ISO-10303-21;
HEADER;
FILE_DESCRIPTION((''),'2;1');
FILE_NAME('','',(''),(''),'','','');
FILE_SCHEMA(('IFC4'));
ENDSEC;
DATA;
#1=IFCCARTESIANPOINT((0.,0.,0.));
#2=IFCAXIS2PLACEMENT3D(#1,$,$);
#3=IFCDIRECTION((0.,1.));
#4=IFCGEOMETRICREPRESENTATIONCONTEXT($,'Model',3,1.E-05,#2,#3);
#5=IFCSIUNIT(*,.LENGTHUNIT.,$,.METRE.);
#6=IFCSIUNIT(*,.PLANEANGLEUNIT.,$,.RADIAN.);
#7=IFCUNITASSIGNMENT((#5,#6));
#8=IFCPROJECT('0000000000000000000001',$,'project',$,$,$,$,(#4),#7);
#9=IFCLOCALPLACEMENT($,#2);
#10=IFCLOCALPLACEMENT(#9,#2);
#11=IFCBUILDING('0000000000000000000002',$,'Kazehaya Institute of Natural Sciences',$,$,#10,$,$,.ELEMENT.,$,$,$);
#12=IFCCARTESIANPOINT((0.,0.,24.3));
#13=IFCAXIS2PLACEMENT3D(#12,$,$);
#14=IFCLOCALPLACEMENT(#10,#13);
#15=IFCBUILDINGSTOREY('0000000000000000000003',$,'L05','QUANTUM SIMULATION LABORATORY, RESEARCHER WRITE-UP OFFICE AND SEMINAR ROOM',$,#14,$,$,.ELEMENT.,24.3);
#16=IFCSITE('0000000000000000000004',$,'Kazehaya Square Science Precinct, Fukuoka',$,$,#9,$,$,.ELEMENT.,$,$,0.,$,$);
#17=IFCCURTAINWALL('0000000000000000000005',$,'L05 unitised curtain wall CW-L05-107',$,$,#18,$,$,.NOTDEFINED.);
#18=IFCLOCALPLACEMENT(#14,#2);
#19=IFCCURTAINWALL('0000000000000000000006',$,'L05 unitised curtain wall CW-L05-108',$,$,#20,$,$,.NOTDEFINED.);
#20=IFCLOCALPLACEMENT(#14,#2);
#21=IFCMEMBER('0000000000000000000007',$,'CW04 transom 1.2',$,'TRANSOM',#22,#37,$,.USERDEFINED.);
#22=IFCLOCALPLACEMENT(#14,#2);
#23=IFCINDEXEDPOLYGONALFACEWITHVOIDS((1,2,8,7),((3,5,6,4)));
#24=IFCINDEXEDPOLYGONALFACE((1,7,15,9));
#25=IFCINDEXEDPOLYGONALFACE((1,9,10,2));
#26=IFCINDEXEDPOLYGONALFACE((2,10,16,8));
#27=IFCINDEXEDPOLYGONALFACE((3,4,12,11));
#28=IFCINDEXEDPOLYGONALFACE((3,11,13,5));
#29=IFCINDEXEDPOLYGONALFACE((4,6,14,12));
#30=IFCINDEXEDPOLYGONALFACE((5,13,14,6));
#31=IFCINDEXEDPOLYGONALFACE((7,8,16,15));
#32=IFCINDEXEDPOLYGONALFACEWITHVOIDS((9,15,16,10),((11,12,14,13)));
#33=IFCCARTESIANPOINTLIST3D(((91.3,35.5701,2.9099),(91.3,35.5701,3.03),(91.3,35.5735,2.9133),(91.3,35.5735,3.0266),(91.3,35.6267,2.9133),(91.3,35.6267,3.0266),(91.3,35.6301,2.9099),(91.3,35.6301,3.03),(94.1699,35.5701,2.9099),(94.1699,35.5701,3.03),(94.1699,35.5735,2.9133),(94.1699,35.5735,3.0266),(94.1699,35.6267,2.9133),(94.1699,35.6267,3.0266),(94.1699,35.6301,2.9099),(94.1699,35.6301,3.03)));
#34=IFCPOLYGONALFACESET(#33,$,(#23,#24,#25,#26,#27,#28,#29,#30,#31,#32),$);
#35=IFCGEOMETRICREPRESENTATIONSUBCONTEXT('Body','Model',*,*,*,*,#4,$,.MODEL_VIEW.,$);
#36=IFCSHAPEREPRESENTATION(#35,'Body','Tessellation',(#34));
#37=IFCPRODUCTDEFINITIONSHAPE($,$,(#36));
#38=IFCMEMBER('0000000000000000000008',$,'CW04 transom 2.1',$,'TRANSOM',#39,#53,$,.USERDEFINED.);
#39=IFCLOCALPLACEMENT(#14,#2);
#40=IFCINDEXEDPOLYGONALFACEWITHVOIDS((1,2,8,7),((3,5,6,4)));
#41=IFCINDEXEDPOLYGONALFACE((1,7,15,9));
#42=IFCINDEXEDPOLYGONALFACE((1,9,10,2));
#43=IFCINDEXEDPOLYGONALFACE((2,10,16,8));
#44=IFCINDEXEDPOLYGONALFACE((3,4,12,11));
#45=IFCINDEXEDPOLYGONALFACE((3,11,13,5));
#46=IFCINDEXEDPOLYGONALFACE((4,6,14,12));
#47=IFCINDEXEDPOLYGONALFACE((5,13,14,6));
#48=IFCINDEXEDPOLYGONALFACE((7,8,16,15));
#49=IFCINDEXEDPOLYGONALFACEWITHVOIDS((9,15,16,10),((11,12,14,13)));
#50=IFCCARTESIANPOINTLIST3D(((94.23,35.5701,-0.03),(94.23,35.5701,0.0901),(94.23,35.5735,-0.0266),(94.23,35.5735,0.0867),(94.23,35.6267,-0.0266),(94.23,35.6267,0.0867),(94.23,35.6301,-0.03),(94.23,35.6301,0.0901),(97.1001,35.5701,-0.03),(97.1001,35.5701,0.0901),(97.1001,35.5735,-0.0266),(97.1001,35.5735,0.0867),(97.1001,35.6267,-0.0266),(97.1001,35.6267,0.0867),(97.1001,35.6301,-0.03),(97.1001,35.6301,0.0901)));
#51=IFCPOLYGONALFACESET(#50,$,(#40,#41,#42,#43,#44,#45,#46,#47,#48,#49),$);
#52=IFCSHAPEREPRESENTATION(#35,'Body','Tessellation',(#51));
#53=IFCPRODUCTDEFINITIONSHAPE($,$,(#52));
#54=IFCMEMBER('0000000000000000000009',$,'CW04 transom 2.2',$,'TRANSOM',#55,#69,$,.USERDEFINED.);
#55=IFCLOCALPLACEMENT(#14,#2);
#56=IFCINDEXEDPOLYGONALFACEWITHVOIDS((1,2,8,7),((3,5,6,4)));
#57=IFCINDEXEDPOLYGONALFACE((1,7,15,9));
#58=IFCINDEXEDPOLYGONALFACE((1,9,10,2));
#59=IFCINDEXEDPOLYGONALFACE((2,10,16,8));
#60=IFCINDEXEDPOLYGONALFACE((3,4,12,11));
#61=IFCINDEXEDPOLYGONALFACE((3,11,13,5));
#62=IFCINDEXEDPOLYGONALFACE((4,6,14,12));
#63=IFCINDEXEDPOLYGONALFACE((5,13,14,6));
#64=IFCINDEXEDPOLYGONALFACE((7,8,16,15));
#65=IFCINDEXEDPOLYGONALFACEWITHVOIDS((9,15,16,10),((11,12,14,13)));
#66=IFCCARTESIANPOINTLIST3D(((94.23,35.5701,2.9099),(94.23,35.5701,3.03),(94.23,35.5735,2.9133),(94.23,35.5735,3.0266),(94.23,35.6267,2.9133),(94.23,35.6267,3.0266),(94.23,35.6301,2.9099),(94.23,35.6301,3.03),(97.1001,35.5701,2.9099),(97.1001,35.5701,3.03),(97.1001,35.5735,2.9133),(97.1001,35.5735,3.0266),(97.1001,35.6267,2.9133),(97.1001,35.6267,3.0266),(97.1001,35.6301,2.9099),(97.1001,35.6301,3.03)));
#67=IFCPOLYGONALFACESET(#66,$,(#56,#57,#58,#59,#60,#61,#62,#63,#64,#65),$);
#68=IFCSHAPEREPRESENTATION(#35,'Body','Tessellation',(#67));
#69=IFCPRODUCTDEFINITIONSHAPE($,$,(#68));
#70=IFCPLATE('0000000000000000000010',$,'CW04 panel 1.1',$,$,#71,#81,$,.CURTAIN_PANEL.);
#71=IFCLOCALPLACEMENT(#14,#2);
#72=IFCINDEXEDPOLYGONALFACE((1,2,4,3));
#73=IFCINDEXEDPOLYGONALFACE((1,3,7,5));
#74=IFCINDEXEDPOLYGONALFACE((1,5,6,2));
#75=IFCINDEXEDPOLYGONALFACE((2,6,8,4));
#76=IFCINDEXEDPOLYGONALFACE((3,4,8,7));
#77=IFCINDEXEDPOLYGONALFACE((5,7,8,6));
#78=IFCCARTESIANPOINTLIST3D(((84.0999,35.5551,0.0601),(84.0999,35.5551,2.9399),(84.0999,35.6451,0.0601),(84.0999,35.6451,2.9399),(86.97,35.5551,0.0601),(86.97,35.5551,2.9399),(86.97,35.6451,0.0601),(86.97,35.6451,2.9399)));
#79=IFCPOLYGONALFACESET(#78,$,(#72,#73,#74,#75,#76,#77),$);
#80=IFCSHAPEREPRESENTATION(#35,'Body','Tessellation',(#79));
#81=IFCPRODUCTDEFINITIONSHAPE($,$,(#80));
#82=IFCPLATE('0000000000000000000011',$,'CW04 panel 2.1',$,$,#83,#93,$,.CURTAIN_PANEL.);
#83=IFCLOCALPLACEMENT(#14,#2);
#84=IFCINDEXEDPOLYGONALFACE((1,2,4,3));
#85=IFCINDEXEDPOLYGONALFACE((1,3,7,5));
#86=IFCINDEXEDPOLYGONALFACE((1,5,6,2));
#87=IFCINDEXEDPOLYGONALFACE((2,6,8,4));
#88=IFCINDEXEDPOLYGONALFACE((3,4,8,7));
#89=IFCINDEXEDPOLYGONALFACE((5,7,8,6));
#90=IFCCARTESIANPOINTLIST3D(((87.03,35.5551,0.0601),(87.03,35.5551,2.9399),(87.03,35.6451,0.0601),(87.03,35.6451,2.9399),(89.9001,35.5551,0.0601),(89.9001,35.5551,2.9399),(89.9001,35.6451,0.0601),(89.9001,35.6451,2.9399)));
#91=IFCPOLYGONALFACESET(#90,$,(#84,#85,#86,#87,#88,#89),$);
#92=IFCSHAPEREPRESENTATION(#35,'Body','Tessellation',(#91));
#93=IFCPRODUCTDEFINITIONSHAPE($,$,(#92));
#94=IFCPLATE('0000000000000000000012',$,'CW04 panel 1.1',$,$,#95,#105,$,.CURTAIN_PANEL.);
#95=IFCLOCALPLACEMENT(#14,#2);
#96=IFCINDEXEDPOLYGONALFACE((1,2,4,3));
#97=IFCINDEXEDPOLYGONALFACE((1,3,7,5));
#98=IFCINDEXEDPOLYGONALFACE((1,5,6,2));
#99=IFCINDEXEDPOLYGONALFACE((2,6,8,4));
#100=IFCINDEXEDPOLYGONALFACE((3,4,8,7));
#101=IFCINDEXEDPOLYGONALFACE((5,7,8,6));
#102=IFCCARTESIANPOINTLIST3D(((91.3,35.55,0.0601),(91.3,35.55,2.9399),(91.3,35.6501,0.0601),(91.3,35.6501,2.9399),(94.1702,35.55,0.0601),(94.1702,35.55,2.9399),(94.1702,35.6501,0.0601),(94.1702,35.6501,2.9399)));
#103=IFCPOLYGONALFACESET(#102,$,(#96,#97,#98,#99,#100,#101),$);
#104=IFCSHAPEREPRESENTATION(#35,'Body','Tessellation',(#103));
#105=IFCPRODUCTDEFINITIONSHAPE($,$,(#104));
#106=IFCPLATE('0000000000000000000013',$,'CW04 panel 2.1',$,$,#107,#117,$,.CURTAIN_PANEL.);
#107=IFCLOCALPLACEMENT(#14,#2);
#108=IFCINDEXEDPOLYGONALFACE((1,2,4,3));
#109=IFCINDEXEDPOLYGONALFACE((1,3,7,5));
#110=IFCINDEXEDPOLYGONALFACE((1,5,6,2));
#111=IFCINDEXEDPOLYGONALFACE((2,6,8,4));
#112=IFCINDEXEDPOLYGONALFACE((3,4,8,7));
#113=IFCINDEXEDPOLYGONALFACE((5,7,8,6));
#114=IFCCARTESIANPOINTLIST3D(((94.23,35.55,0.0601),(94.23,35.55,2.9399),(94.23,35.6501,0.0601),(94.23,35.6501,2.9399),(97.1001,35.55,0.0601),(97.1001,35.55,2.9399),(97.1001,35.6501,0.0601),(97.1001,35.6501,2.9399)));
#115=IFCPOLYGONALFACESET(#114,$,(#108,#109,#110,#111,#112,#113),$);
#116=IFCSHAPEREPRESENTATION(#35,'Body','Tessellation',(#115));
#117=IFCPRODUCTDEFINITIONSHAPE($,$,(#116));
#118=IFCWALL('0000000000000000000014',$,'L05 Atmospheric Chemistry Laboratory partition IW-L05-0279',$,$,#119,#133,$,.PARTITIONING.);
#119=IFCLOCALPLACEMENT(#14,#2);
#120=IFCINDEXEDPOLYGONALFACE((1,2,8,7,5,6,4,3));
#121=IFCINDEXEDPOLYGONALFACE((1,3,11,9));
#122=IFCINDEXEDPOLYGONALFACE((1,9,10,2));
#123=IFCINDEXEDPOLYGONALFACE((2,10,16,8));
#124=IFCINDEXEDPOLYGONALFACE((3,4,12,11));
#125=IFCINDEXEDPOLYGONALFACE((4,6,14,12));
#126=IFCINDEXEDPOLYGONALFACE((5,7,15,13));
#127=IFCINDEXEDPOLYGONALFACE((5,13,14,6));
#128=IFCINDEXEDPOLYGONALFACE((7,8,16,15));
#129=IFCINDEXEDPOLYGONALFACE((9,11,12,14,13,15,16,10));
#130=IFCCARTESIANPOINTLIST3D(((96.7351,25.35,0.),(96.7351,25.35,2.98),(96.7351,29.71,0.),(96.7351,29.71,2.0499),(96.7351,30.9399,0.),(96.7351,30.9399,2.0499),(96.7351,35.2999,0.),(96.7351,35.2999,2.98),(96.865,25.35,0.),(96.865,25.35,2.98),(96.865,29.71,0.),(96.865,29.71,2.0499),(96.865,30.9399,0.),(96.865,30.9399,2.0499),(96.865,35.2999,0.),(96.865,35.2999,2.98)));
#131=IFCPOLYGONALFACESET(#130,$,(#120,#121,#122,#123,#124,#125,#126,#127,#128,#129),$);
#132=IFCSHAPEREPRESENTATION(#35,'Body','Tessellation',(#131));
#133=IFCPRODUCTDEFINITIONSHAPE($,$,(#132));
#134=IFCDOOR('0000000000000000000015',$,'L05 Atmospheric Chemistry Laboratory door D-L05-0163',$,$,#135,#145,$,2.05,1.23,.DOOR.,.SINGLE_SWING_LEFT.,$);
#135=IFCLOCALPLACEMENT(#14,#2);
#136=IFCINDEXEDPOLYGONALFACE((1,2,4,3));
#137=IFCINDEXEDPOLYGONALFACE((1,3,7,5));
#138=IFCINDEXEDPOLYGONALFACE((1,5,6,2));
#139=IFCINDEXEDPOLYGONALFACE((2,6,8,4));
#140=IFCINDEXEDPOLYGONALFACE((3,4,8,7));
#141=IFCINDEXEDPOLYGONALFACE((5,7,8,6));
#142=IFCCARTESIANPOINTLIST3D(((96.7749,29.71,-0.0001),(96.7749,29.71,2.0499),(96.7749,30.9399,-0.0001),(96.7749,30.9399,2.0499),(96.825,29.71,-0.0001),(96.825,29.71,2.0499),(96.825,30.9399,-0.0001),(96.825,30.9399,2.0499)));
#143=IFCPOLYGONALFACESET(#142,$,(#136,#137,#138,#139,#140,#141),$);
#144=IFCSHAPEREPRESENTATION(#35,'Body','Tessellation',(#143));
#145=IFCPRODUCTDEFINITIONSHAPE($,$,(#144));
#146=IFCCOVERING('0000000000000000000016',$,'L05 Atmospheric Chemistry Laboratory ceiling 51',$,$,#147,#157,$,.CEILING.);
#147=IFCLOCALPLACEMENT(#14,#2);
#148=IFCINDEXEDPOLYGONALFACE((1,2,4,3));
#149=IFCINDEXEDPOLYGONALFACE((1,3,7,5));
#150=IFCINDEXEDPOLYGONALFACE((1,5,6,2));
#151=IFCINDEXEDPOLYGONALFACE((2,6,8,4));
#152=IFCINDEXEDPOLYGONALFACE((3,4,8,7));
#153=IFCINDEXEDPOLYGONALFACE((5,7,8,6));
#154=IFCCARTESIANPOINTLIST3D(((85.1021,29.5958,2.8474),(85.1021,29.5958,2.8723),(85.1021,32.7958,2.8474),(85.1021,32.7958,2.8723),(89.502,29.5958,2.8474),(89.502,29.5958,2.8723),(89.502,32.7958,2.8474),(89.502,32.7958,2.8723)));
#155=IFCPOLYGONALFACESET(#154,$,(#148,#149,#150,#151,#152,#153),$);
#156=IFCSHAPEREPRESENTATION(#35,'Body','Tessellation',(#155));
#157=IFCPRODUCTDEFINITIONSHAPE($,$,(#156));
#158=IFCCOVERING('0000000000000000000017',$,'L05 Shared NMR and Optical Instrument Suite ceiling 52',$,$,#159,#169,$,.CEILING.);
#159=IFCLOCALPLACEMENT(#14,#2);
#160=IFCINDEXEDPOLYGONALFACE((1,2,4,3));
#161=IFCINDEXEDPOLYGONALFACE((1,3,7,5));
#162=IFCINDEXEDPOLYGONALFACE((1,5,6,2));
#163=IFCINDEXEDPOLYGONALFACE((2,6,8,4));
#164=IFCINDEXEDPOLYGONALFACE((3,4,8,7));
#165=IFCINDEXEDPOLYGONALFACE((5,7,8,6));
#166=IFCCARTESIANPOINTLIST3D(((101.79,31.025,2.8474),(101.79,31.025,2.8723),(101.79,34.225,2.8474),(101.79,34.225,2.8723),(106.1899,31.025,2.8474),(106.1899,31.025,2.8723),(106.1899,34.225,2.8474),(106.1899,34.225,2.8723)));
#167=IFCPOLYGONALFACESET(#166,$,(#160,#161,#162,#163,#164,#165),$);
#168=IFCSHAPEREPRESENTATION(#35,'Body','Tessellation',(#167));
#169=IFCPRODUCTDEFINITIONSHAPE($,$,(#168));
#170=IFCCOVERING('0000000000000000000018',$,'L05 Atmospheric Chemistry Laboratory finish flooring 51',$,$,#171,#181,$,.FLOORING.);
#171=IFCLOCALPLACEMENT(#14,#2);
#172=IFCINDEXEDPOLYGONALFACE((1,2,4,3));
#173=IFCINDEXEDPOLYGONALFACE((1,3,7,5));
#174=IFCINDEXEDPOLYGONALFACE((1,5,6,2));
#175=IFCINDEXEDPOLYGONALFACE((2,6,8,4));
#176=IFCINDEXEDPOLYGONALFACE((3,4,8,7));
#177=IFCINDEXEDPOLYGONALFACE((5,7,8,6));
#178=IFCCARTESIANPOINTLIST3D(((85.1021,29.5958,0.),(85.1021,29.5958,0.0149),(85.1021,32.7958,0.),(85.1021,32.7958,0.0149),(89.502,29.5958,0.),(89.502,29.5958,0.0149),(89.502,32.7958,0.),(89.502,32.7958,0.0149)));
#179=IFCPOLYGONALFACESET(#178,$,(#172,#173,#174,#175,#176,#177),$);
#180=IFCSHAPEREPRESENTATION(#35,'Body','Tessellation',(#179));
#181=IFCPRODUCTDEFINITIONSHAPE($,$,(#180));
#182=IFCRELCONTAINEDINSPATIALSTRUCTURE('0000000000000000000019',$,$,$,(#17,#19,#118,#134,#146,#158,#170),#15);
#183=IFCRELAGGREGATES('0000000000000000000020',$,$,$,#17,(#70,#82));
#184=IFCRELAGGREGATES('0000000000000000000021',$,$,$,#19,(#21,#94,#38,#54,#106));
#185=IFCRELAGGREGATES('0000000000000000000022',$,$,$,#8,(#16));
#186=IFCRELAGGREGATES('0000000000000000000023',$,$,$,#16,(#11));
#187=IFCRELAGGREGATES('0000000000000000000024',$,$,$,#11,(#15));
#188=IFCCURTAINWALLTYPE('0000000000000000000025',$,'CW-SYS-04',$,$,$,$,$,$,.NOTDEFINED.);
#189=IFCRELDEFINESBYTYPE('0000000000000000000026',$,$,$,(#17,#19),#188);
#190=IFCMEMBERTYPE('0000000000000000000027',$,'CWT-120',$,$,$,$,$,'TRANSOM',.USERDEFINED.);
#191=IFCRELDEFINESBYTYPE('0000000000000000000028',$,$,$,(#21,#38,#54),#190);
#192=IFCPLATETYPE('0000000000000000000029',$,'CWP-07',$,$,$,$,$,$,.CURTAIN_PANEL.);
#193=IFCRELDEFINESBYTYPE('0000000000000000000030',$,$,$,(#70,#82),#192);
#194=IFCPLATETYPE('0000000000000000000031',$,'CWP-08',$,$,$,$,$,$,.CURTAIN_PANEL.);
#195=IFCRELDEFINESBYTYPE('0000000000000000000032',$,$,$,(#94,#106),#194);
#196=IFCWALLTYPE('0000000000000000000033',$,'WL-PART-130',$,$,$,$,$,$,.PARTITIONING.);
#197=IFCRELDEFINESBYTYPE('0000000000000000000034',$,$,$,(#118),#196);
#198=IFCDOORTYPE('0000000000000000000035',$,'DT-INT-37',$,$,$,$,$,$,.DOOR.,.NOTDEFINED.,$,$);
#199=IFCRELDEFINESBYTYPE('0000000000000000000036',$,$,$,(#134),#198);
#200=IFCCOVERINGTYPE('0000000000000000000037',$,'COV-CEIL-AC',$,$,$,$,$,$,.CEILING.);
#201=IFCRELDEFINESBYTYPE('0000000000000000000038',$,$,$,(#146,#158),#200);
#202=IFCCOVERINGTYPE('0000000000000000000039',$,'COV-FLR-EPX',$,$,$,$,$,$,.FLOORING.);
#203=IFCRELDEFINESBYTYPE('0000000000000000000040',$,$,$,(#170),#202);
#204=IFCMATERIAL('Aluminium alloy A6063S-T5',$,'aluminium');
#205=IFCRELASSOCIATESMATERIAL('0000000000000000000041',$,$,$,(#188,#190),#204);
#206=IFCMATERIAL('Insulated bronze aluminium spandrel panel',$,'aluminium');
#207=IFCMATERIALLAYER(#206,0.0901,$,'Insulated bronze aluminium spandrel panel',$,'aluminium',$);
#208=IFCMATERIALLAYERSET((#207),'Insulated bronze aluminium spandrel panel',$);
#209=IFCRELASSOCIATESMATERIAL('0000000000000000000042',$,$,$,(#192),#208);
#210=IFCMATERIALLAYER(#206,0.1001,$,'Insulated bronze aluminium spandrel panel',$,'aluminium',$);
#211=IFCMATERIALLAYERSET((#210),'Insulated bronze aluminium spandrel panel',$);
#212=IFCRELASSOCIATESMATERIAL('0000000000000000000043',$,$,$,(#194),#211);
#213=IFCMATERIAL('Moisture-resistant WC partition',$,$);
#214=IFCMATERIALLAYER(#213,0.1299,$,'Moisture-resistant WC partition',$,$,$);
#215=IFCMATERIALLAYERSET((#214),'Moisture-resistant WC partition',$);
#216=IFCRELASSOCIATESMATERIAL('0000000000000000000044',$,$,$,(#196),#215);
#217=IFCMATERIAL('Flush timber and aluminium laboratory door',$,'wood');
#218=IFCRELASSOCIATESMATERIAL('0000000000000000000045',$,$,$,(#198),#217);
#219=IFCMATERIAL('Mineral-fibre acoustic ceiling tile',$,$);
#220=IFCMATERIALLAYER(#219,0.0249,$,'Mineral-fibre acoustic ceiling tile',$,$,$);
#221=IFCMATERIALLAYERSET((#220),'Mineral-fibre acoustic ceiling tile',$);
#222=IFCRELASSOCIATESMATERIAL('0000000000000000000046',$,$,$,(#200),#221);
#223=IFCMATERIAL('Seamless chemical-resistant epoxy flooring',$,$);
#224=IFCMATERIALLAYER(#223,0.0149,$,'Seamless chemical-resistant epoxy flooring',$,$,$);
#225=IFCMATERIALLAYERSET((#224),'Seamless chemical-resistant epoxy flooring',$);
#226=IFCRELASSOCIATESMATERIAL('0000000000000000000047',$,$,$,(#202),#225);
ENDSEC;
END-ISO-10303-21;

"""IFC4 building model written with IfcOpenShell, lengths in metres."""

from ifc_helpers import new_model, si_unit, direction, frame, frame_2d, origin, origin_2d, place, context, subcontext, project, spatial, rectangle, hollow_rectangle, extrude, material, layer, layer_set, material_profile, profile_set, type_object, element, fill, aggregate, save


model = new_model("IFC4")

# Units and contexts
model_context = context("Model", 3, precision=1e-05, world=origin(), true_north=direction((0.0, 1.0)))
body_context = subcontext(model_context, "Body", "Model", "MODEL_VIEW")
ifc_project = project(units=[si_unit("LENGTHUNIT", "METRE"), si_unit("PLANEANGLEUNIT", "RADIAN")], contexts=[model_context])

# Site, building, storey
site_placement = place(None, origin())
site = spatial("IfcSite", under=ifc_project, at=site_placement, Name="Kazehaya Square Science Precinct, Fukuoka", CompositionType="ELEMENT", RefElevation=0.0)
building_placement = place(site_placement, origin())
building = spatial("IfcBuilding", under=site, at=building_placement, Name="Kazehaya Institute of Natural Sciences", CompositionType="ELEMENT")
storey_placement = place(building_placement, frame((0.0, 0.0, 24.3)))
storey = spatial("IfcBuildingStorey", under=building, at=storey_placement, Name="L05", Description="QUANTUM SIMULATION LABORATORY, RESEARCHER WRITE-UP OFFICE AND SEMINAR ROOM", CompositionType="ELEMENT", Elevation=24.3)

# Curtain walls
ifc_material_1 = material(Name="Aluminium alloy A6063S-T5", Category="aluminium")
curtain_wall_type = type_object("IfcCurtainWallType", Name="CW-SYS-04", PredefinedType="NOTDEFINED", material=ifc_material_1)
curtain_wall_1_placement = place(storey_placement, origin())
curtain_wall_1 = element("IfcCurtainWall", 1, at=curtain_wall_1_placement, inside=storey, type_object=curtain_wall_type, Name="L05 unitised curtain wall CW-L05-107", PredefinedType="NOTDEFINED")
curtain_wall_2_placement = place(storey_placement, origin())
curtain_wall_2 = element("IfcCurtainWall", 2, at=curtain_wall_2_placement, inside=storey, type_object=curtain_wall_type, Name="L05 unitised curtain wall CW-L05-108", PredefinedType="NOTDEFINED")

# Members
ifc_material_profile_1 = material_profile(ifc_material_1, hollow_rectangle(XDim=0.0601, YDim=0.1201, WallThickness=0.0034, at=origin_2d()), Name="ALU-60x120x3.5")
ifc_profile_set_1 = profile_set([ifc_material_profile_1], Name="Aluminium alloy A6063S-T5")
member_type_1 = type_object("IfcMemberType", Name="CWT-120", ElementType="TRANSOM", PredefinedType="USERDEFINED", material=ifc_profile_set_1)
member_1_placement = place(storey_placement, frame((91.3, 35.6001, 2.97), z_axis=(1.0, 0.0, 0.0), x_axis=(0.0, 1.0, 0.0)))
member_1 = element("IfcMember", 3, at=member_1_placement, type_object=member_type_1, Name="CW04 transom 1.2", ObjectType="TRANSOM", PredefinedType="USERDEFINED", context=body_context, shape_type="SweptSolid", body=[
    extrude(hollow_rectangle(XDim=0.0601, YDim=0.1201, WallThickness=0.0034, at=origin_2d()), origin(), (0.0, 0.0, 1.0), 2.8699),
])
member_2_placement = place(storey_placement, frame((94.23, 35.6001, 0.03), z_axis=(1.0, 0.0, 0.0), x_axis=(0.0, 1.0, 0.0)))
member_2 = element("IfcMember", 4, at=member_2_placement, type_object=member_type_1, Name="CW04 transom 2.1", ObjectType="TRANSOM", PredefinedType="USERDEFINED", context=body_context, shape_type="SweptSolid", body=[
    extrude(hollow_rectangle(XDim=0.0601, YDim=0.1201, WallThickness=0.0034, at=origin_2d()), origin(), (0.0, 0.0, 1.0), 2.8701),
])
member_3_placement = place(storey_placement, frame((94.23, 35.6001, 2.97), z_axis=(1.0, 0.0, 0.0), x_axis=(0.0, 1.0, 0.0)))
member_3 = element("IfcMember", 5, at=member_3_placement, type_object=member_type_1, Name="CW04 transom 2.2", ObjectType="TRANSOM", PredefinedType="USERDEFINED", context=body_context, shape_type="SweptSolid", body=[
    extrude(hollow_rectangle(XDim=0.0601, YDim=0.1201, WallThickness=0.0034, at=origin_2d()), origin(), (0.0, 0.0, 1.0), 2.8701),
])

# Plates
ifc_material_2 = material(Name="Insulated bronze aluminium spandrel panel", Category="aluminium")
ifc_layer_1 = layer(ifc_material_2, 0.0901, Name="Insulated bronze aluminium spandrel panel", Category="aluminium")
ifc_layer_set_1 = layer_set([ifc_layer_1], Name="Insulated bronze aluminium spandrel panel")
plate_type_1 = type_object("IfcPlateType", Name="CWP-07", PredefinedType="CURTAIN_PANEL", material=ifc_layer_set_1)
plate_1_placement = place(storey_placement, frame((85.5349, 35.6001, 0.0601), z_axis=(0.0, 0.0, 1.0), x_axis=(1.0, 0.0, 0.0)))
plate_1 = element("IfcPlate", 6, at=plate_1_placement, type_object=plate_type_1, Name="CW04 panel 1.1", PredefinedType="CURTAIN_PANEL", context=body_context, shape_type="SweptSolid", body=[
    extrude(rectangle(XDim=2.8701, YDim=0.0901, at=origin_2d()), origin(), (0.0, 0.0, 1.0), 2.8799),
])
plate_2_placement = place(storey_placement, frame((88.4651, 35.6001, 0.0601), z_axis=(0.0, 0.0, 1.0), x_axis=(1.0, 0.0, 0.0)))
plate_2 = element("IfcPlate", 7, at=plate_2_placement, type_object=plate_type_1, Name="CW04 panel 2.1", PredefinedType="CURTAIN_PANEL", context=body_context, shape_type="SweptSolid", body=[
    extrude(rectangle(XDim=2.8701, YDim=0.0901, at=origin_2d()), origin(), (0.0, 0.0, 1.0), 2.8799),
])
aggregate(curtain_wall_1, [plate_1, plate_2])
ifc_layer_2 = layer(ifc_material_2, 0.1001, Name="Insulated bronze aluminium spandrel panel", Category="aluminium")
ifc_layer_set_2 = layer_set([ifc_layer_2], Name="Insulated bronze aluminium spandrel panel")
plate_type_2 = type_object("IfcPlateType", Name="CWP-08", PredefinedType="CURTAIN_PANEL", material=ifc_layer_set_2)
plate_3_placement = place(storey_placement, frame((92.7351, 35.6001, 0.0601), z_axis=(0.0, 0.0, 1.0), x_axis=(1.0, 0.0, 0.0)))
plate_3 = element("IfcPlate", 8, at=plate_3_placement, type_object=plate_type_2, Name="CW04 panel 1.1", PredefinedType="CURTAIN_PANEL", context=body_context, shape_type="SweptSolid", body=[
    extrude(rectangle(XDim=2.8701, YDim=0.1001, at=origin_2d()), origin(), (0.0, 0.0, 1.0), 2.8799),
])
plate_4_placement = place(storey_placement, frame((95.665, 35.6001, 0.0601), z_axis=(0.0, 0.0, 1.0), x_axis=(1.0, 0.0, 0.0)))
plate_4 = element("IfcPlate", 9, at=plate_4_placement, type_object=plate_type_2, Name="CW04 panel 2.1", PredefinedType="CURTAIN_PANEL", context=body_context, shape_type="SweptSolid", body=[
    extrude(rectangle(XDim=2.8701, YDim=0.1001, at=origin_2d()), origin(), (0.0, 0.0, 1.0), 2.8799),
])
aggregate(curtain_wall_2, [member_1, plate_3, member_2, member_3, plate_4])

# Wall, opening, door
ifc_material_3 = material(Name="Moisture-resistant WC partition")
ifc_layer_3 = layer(ifc_material_3, 0.1299, Name="Moisture-resistant WC partition")
ifc_layer_set_3 = layer_set([ifc_layer_3], Name="Moisture-resistant WC partition")
wall_type = type_object("IfcWallType", Name="WL-PART-130", PredefinedType="PARTITIONING", material=ifc_layer_set_3)
wall_placement = place(storey_placement, frame((96.8, 35.3, 0.0), z_axis=(0.0, 0.0, 1.0), x_axis=(0.0, -1.0, 0.0)))
wall = element("IfcWall", 10, at=wall_placement, inside=storey, type_object=wall_type, Name="L05 Atmospheric Chemistry Laboratory partition IW-L05-0279", PredefinedType="PARTITIONING", context=body_context, shape_type="SweptSolid", body=[
    extrude(rectangle(XDim=9.95, YDim=0.1299, at=frame_2d((4.9751, 0.0))), origin(), (0.0, 0.0, 1.0), 2.98),
])
opening_placement = place(wall_placement, frame((4.3601, 0.0, 0.0)))
opening = element("IfcOpeningElement", 11, at=opening_placement, cuts=wall, PredefinedType="OPENING", context=body_context, shape_type="SweptSolid", body=[
    extrude(rectangle(XDim=1.23, YDim=2.05, at=frame_2d((0.615, 1.0249))), frame((0.0, 0.075, 0.0), z_axis=(0.0, -1.0, 0.0), x_axis=(1.0, 0.0, 0.0)), (0.0, 0.0, 1.0), 0.1499),
])
ifc_material_4 = material(Name="Flush timber and aluminium laboratory door", Category="wood")
door_type = type_object("IfcDoorType", Name="DT-INT-37", OperationType="NOTDEFINED", PredefinedType="DOOR", material=ifc_material_4)
door_placement = place(opening_placement, origin())
door = element("IfcDoor", 12, at=door_placement, inside=storey, type_object=door_type, Name="L05 Atmospheric Chemistry Laboratory door D-L05-0163", OperationType="SINGLE_SWING_LEFT", OverallHeight=2.05, OverallWidth=1.23, PredefinedType="DOOR", context=body_context, shape_type="SweptSolid", body=[
    extrude(rectangle(XDim=1.23, YDim=2.05, at=frame_2d((0.615, 1.0249))), frame((0.0, 0.0249, 0.0), z_axis=(0.0, -1.0, 0.0), x_axis=(1.0, 0.0, 0.0)), (0.0, 0.0, 1.0), 0.05),
])
fill(opening, door)

# Coverings
ifc_material_5 = material(Name="Mineral-fibre acoustic ceiling tile")
ifc_layer_4 = layer(ifc_material_5, 0.0249, Name="Mineral-fibre acoustic ceiling tile")
ifc_layer_set_4 = layer_set([ifc_layer_4], Name="Mineral-fibre acoustic ceiling tile")
covering_type_1 = type_object("IfcCoveringType", Name="COV-CEIL-AC", PredefinedType="CEILING", material=ifc_layer_set_4)
for number, where, z_axis, x_axis, name in (
    (13, (87.302, 31.1958, 2.8474), (0.0, 0.0, 1.0), (1.0, 0.0, 0.0), "L05 Atmospheric Chemistry Laboratory ceiling 51"),
    (14, (103.99, 32.625, 2.8474), (0.0, 0.0, 1.0), (1.0, 0.0, 0.0), "L05 Shared NMR and Optical Instrument Suite ceiling 52"),
):
    element("IfcCovering", number, at=place(storey_placement, frame(where, z_axis=z_axis, x_axis=x_axis)), inside=storey, type_object=covering_type_1, Name=name, PredefinedType="CEILING", context=body_context, shape_type="SweptSolid", body=[
        extrude(rectangle(XDim=4.3999, YDim=3.2, at=origin_2d()), origin(), (0.0, 0.0, 1.0), 0.0249),
    ])
ifc_material_6 = material(Name="Seamless chemical-resistant epoxy flooring")
ifc_layer_5 = layer(ifc_material_6, 0.0149, Name="Seamless chemical-resistant epoxy flooring")
ifc_layer_set_5 = layer_set([ifc_layer_5], Name="Seamless chemical-resistant epoxy flooring")
covering_type_2 = type_object("IfcCoveringType", Name="COV-FLR-EPX", PredefinedType="FLOORING", material=ifc_layer_set_5)
covering_placement = place(storey_placement, frame((87.302, 31.1958, 0.0), z_axis=(0.0, 0.0, 1.0), x_axis=(1.0, 0.0, 0.0)))
element("IfcCovering", 15, at=covering_placement, inside=storey, type_object=covering_type_2, Name="L05 Atmospheric Chemistry Laboratory finish flooring 51", PredefinedType="FLOORING", context=body_context, shape_type="SweptSolid", body=[
    extrude(rectangle(XDim=4.3999, YDim=3.2, at=origin_2d()), origin(), (0.0, 0.0, 1.0), 0.0149),
])

save(model, "model.ifc")
